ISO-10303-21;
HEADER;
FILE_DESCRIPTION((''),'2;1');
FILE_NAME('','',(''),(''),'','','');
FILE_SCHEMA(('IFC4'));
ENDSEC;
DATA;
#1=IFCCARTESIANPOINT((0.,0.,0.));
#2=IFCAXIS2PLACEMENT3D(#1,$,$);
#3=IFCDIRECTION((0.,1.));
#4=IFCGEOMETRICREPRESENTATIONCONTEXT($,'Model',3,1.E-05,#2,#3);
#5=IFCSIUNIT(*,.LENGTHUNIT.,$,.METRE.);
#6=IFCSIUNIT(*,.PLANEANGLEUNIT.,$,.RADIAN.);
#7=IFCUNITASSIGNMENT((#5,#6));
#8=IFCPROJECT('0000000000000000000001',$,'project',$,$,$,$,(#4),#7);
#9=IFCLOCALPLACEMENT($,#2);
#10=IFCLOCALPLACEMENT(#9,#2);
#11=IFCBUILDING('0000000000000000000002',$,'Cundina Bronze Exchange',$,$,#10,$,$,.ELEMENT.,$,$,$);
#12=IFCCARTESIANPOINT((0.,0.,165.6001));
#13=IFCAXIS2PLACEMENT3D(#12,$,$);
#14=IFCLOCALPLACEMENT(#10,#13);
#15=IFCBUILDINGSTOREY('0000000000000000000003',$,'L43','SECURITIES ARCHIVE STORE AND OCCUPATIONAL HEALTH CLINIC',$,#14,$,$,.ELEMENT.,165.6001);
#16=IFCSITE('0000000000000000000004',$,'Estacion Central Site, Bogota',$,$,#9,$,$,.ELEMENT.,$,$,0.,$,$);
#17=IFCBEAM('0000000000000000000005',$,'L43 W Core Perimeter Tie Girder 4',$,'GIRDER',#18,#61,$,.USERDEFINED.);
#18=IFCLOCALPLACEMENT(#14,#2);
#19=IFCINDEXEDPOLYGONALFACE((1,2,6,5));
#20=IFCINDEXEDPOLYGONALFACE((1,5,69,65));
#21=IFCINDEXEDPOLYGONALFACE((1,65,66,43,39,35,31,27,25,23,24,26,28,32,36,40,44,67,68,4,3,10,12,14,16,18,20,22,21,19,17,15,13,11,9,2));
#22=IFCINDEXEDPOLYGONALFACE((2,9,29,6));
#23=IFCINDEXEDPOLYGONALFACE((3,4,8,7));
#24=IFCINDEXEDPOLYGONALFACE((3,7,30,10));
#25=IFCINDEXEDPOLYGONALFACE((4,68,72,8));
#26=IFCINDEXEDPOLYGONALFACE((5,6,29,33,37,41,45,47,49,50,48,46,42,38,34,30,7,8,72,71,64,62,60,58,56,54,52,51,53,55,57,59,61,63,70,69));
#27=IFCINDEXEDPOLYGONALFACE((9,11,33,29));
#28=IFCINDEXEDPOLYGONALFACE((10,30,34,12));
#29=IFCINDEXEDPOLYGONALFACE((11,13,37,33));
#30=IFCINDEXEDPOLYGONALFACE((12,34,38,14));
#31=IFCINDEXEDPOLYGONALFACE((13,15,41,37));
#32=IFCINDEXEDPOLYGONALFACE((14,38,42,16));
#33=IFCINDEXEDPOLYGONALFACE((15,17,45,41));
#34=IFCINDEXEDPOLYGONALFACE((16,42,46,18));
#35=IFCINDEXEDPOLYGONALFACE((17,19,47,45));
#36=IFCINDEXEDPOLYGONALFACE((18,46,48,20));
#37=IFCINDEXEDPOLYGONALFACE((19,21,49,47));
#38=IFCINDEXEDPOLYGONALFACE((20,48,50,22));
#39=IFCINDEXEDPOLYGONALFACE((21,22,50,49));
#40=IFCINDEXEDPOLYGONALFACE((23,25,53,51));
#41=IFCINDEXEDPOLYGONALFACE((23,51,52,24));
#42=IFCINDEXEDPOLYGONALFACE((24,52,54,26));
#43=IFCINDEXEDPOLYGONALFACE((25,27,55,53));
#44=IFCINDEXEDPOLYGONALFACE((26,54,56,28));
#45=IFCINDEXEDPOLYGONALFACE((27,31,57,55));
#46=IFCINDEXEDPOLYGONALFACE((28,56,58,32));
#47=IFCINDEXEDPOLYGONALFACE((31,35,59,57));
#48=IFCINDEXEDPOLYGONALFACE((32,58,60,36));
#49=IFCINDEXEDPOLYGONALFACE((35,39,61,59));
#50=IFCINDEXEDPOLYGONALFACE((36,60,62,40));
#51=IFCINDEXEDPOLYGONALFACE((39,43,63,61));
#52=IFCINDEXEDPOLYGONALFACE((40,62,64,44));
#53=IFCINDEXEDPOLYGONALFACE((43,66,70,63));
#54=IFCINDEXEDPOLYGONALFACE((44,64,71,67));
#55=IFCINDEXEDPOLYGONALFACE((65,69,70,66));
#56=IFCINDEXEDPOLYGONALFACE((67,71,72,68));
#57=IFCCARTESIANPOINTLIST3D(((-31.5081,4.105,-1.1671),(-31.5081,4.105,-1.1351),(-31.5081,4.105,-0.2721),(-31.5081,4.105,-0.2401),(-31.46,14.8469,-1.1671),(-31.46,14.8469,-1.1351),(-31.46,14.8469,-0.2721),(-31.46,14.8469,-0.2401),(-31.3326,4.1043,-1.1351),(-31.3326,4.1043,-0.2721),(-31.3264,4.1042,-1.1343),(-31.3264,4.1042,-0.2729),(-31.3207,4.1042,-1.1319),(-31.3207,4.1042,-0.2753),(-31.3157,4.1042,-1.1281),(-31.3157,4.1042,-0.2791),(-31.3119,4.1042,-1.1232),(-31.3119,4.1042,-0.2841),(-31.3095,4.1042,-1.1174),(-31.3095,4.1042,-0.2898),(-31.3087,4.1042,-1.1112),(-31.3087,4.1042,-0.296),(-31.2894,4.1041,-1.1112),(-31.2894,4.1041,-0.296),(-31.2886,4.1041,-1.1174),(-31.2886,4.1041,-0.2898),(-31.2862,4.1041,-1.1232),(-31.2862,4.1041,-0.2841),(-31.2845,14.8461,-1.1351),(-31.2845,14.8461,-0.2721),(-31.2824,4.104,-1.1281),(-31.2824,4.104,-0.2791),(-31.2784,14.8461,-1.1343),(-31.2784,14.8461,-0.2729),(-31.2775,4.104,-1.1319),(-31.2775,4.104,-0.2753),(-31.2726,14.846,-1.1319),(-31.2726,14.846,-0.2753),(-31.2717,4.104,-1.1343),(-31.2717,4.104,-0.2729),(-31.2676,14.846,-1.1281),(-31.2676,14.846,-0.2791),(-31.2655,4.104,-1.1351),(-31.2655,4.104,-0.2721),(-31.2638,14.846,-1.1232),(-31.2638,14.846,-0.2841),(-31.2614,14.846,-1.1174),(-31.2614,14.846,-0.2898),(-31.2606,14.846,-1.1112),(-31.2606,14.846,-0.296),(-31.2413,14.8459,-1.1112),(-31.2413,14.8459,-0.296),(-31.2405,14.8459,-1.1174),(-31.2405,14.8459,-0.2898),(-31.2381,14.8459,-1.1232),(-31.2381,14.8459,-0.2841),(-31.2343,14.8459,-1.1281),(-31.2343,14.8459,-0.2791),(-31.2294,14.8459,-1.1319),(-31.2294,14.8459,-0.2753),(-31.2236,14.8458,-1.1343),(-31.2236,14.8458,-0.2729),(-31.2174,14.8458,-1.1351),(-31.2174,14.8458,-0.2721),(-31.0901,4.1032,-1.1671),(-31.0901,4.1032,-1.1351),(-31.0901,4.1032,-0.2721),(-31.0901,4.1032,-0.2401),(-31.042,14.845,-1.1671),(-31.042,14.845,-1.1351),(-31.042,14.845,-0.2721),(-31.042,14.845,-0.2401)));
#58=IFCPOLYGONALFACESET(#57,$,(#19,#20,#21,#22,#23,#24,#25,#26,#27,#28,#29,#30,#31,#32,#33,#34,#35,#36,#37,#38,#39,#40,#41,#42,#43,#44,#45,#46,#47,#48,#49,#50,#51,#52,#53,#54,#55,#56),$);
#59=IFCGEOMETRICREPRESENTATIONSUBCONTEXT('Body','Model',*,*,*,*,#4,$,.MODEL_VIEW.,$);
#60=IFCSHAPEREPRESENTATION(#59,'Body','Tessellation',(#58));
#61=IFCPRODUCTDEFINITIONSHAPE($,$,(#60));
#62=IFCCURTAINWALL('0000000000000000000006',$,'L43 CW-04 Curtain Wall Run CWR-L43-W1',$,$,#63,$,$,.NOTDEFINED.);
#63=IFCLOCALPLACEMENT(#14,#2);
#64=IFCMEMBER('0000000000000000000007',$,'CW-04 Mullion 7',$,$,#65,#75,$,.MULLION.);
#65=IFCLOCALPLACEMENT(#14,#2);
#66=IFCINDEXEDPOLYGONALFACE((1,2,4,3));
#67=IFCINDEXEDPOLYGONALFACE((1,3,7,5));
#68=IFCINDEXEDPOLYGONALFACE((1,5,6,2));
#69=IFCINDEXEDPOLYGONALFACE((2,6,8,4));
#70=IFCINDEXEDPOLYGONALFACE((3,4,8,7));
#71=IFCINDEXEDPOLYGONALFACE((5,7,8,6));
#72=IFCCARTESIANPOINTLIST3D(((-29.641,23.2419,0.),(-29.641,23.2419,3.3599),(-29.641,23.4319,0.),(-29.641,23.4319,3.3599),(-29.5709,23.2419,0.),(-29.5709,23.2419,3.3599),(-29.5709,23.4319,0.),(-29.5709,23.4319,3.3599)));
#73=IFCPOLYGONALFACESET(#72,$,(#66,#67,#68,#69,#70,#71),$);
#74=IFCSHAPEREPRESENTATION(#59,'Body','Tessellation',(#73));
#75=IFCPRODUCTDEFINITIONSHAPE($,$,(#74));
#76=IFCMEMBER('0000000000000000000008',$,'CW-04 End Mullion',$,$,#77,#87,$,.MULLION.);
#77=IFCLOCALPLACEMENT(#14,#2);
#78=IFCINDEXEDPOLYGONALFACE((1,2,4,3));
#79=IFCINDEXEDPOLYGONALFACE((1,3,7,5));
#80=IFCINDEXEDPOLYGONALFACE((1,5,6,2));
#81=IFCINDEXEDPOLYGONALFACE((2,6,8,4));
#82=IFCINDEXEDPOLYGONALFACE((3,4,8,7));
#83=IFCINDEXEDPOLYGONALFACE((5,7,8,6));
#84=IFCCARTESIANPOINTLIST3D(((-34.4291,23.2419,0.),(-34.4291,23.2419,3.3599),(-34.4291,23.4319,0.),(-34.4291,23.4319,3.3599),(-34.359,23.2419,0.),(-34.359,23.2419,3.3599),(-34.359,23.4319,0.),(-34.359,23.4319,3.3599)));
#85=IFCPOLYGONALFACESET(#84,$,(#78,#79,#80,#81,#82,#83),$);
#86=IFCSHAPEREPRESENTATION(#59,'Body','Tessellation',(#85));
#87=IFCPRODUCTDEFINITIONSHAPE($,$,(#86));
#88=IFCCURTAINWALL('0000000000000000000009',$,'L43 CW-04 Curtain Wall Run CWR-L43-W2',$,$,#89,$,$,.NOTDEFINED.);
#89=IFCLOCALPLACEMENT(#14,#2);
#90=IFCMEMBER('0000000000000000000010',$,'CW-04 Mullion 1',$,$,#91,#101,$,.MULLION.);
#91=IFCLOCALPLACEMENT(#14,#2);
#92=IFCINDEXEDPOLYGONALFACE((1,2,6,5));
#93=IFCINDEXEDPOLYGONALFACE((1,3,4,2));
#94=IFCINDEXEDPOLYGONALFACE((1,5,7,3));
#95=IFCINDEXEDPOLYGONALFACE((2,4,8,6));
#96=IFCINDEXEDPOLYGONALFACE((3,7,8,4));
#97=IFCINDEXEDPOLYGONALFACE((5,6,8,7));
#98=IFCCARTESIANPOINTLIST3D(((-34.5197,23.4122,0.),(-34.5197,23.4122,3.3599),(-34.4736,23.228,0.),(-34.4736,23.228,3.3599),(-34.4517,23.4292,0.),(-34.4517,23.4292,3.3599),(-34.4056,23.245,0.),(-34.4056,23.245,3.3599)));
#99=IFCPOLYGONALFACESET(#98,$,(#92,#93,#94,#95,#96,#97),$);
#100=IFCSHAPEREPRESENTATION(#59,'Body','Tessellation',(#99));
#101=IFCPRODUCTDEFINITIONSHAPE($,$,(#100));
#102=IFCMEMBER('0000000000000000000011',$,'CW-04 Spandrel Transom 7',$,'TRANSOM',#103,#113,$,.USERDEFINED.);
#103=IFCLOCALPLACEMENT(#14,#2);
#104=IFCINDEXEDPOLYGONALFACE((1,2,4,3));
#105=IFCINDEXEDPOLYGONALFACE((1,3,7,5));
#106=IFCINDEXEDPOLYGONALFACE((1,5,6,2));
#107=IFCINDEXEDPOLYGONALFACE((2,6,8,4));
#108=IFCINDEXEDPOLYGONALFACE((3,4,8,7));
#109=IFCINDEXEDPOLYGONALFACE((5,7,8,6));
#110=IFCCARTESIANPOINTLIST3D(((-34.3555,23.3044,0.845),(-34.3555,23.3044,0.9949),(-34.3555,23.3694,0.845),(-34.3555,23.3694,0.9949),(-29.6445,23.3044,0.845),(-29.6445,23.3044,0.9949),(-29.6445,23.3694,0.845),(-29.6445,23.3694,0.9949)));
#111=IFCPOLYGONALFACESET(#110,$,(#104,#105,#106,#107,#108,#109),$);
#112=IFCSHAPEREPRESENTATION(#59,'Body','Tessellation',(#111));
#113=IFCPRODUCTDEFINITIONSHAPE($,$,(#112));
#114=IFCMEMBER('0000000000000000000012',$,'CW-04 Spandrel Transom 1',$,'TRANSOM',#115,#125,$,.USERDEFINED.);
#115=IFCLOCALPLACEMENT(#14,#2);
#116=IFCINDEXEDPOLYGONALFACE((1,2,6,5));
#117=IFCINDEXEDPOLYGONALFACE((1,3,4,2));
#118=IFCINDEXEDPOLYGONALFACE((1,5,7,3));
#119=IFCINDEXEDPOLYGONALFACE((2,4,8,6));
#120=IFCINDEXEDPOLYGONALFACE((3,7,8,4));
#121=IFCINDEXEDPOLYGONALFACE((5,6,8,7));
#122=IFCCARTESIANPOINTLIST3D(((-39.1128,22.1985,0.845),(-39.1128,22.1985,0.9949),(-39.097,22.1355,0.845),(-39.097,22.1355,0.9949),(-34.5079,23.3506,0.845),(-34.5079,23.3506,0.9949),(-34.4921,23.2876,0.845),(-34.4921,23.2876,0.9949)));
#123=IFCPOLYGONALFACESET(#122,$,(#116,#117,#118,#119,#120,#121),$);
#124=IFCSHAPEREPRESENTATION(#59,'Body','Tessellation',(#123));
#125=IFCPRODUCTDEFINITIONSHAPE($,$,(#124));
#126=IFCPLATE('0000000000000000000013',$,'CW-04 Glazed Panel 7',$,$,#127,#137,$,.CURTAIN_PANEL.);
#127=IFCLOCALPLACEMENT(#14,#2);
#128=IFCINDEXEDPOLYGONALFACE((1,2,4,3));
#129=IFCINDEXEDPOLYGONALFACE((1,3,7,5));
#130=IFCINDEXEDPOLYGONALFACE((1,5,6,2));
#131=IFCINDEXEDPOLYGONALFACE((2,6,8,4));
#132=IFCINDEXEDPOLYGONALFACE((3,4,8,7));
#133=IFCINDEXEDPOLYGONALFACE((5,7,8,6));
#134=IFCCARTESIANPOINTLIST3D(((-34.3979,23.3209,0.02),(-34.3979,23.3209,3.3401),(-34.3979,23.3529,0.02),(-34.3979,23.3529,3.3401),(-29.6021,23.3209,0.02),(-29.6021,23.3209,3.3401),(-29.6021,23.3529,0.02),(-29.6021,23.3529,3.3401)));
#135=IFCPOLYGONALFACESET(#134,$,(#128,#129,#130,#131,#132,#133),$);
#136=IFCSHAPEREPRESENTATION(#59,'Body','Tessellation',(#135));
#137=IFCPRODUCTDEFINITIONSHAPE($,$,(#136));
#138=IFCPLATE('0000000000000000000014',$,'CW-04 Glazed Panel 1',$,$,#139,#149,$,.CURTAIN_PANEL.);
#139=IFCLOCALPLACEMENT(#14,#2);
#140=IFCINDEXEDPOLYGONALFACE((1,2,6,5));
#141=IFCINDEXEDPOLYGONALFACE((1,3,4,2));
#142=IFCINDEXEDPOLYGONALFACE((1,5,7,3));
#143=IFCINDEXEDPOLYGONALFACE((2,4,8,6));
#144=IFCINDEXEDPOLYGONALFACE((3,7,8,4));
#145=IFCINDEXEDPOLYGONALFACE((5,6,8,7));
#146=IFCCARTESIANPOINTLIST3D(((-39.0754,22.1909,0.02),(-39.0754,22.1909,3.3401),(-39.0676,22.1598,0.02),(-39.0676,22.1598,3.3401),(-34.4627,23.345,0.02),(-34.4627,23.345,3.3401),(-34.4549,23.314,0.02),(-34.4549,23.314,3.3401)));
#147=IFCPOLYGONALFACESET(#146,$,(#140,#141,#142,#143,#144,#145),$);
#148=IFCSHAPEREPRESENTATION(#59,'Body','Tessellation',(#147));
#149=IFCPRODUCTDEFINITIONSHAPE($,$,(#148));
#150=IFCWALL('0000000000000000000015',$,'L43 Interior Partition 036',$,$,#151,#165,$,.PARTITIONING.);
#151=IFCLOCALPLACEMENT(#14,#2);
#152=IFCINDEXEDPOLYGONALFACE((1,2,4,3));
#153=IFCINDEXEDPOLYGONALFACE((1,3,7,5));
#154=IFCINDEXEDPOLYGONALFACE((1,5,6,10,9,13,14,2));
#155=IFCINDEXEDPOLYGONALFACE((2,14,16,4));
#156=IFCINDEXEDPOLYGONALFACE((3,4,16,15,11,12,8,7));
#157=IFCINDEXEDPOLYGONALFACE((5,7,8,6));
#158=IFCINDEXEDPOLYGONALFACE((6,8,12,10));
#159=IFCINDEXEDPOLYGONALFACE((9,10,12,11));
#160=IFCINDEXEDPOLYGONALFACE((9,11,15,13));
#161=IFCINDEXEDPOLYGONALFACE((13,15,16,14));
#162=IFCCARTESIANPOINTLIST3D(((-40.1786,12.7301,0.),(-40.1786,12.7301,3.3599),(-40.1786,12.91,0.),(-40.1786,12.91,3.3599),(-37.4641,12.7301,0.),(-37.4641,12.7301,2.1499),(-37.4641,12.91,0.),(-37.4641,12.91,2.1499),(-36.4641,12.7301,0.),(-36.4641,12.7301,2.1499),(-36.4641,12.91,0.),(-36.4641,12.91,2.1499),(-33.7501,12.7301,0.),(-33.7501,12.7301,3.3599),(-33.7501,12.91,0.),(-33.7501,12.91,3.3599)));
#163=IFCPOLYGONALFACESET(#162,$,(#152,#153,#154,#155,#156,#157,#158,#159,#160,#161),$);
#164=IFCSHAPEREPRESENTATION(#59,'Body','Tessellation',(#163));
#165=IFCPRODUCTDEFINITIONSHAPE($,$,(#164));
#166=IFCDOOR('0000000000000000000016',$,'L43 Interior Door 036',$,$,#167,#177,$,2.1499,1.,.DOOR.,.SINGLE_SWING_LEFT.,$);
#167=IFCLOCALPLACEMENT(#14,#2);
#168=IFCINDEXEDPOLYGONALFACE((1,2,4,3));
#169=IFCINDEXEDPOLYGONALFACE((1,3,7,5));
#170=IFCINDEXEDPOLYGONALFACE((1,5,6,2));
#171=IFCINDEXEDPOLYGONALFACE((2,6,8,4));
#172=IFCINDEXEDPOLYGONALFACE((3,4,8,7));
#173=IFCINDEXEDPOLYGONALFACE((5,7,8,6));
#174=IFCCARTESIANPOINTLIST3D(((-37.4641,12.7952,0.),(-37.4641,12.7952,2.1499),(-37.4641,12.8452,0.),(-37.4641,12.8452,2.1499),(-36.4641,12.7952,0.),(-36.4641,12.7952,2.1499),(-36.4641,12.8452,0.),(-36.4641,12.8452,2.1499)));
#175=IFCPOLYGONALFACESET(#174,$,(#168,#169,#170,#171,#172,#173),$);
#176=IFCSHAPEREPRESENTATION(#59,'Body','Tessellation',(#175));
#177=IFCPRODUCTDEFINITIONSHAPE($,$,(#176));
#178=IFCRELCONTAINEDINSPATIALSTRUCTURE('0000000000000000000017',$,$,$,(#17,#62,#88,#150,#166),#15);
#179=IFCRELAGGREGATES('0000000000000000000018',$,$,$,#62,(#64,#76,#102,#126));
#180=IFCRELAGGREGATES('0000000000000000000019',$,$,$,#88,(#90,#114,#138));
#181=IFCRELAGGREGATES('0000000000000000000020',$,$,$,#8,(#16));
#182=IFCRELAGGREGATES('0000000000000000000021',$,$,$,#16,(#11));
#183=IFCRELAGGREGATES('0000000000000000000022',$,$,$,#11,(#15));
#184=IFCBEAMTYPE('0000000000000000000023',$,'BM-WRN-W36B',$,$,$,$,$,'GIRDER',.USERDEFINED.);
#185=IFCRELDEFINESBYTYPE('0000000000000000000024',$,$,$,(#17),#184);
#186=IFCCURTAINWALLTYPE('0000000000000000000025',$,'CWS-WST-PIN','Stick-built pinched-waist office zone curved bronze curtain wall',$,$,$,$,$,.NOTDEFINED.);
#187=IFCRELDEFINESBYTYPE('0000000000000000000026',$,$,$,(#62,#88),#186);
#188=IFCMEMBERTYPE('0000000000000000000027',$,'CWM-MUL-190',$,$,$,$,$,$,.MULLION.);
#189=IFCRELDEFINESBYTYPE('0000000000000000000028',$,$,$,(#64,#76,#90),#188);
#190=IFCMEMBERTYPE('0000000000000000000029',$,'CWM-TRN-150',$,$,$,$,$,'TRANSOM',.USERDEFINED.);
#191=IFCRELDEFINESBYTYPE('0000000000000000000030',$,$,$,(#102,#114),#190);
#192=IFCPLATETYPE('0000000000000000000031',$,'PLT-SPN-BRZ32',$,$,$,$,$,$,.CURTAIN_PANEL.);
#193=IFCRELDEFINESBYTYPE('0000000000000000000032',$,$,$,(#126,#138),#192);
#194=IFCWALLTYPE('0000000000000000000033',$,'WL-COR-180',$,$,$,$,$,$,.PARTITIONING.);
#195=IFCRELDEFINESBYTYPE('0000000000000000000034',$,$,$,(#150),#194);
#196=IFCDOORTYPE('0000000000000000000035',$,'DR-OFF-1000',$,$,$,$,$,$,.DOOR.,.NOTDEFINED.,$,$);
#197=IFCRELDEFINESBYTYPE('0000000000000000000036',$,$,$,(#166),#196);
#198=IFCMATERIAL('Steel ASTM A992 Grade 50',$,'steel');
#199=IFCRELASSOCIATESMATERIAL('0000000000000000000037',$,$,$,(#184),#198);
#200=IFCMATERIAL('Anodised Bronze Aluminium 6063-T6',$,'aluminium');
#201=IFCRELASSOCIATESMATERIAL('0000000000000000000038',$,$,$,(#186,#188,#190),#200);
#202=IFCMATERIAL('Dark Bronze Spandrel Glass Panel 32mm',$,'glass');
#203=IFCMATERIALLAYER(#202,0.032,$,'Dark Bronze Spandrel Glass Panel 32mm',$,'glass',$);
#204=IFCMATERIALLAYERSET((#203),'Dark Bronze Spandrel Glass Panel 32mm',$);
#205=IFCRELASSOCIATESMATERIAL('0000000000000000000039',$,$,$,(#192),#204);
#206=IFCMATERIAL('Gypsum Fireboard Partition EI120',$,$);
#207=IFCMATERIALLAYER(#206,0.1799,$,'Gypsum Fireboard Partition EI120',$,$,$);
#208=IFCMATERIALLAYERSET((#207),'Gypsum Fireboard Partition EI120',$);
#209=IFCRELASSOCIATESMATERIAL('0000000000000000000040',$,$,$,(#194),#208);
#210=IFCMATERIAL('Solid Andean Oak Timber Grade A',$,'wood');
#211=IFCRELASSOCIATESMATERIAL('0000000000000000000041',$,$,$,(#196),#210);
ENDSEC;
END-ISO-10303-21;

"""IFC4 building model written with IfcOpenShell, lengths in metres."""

from ifc_helpers import new_model, si_unit, direction, frame, frame_2d, origin, origin_2d, place, context, subcontext, project, spatial, rectangle, i_section, extrude, material, layer, layer_set, material_profile, profile_set, type_object, element, fill, aggregate, save


model = new_model("IFC4")

# Units and contexts
model_context = context("Model", 3, precision=1e-05, world=origin(), true_north=direction((0.0, 1.0)))
body_context = subcontext(model_context, "Body", "Model", "MODEL_VIEW")
ifc_project = project(units=[si_unit("LENGTHUNIT", "METRE"), si_unit("PLANEANGLEUNIT", "RADIAN")], contexts=[model_context])

# Site, building, storey
site_placement = place(None, origin())
site = spatial("IfcSite", under=ifc_project, at=site_placement, Name="Estacion Central Site, Bogota", CompositionType="ELEMENT", RefElevation=0.0)
building_placement = place(site_placement, origin())
building = spatial("IfcBuilding", under=site, at=building_placement, Name="Cundina Bronze Exchange", CompositionType="ELEMENT")
storey_placement = place(building_placement, frame((0.0, 0.0, 165.6001)))
storey = spatial("IfcBuildingStorey", under=building, at=storey_placement, Name="L43", Description="SECURITIES ARCHIVE STORE AND OCCUPATIONAL HEALTH CLINIC", CompositionType="ELEMENT", Elevation=165.6001)

# Shared definitions
ifc_material_1 = material(Name="Steel ASTM A992 Grade 50", Category="steel")

# Beam
ifc_material_profile_1 = material_profile(ifc_material_1, i_section(OverallWidth=0.418, OverallDepth=0.927, WebThickness=0.0193, FlangeThickness=0.032, FilletRadius=0.0239, at=origin_2d()), Name="W36X231", Category="steel")
ifc_profile_set_1 = profile_set([ifc_material_profile_1], Name="Steel ASTM A992 Grade 50")
beam_type_1 = type_object("IfcBeamType", Name="BM-WRN-W36B", ElementType="GIRDER", PredefinedType="USERDEFINED", material=ifc_profile_set_1)
beam_1_placement = place(storey_placement, frame((-31.251, 14.8459, -0.7036), z_axis=(-0.004477, -0.99999, 0.0), x_axis=(0.99999, -0.004477, 0.0)))
element("IfcBeam", 1, at=beam_1_placement, inside=storey, type_object=beam_type_1, Name="L43 W Core Perimeter Tie Girder 4", ObjectType="GIRDER", PredefinedType="USERDEFINED", context=body_context, shape_type="SweptSolid", body=[
    extrude(i_section(OverallWidth=0.418, OverallDepth=0.927, WebThickness=0.0193, FlangeThickness=0.032, FilletRadius=0.0239, at=origin_2d()), origin(), (0.0, 0.0, 1.0), 10.7419),
])

# Curtain wall, members
ifc_material_2 = material(Name="Anodised Bronze Aluminium 6063-T6", Category="aluminium")
curtain_wall_type = type_object("IfcCurtainWallType", Name="CWS-WST-PIN", Description="Stick-built pinched-waist office zone curved bronze curtain wall", PredefinedType="NOTDEFINED", material=ifc_material_2)
curtain_wall_1_placement = place(storey_placement, origin())
curtain_wall_1 = element("IfcCurtainWall", 2, at=curtain_wall_1_placement, inside=storey, type_object=curtain_wall_type, Name="L43 CW-04 Curtain Wall Run CWR-L43-W1", PredefinedType="NOTDEFINED")
ifc_material_profile_2 = material_profile(ifc_material_2, rectangle(XDim=0.0701, YDim=0.1899, at=origin_2d()), Name="AL70X190", Category="aluminium")
ifc_profile_set_2 = profile_set([ifc_material_profile_2], Name="Anodised Bronze Aluminium 6063-T6")
member_type_1 = type_object("IfcMemberType", Name="CWM-MUL-190", PredefinedType="MULLION", material=ifc_profile_set_2)
member_1_placement = place(storey_placement, frame((-29.606, 23.3369, 0.0), z_axis=(0.0, 0.0, 1.0), x_axis=(-1.0, 0.0, 0.0)))
member_1 = element("IfcMember", 3, at=member_1_placement, type_object=member_type_1, Name="CW-04 Mullion 7", PredefinedType="MULLION", context=body_context, shape_type="SweptSolid", body=[
    extrude(rectangle(XDim=0.0701, YDim=0.1899, at=origin_2d()), origin(), (0.0, 0.0, 1.0), 3.3599),
])
member_2_placement = place(storey_placement, frame((-34.394, 23.3369, 0.0), z_axis=(0.0, 0.0, 1.0), x_axis=(-1.0, 0.0, 0.0)))
member_2 = element("IfcMember", 4, at=member_2_placement, type_object=member_type_1, Name="CW-04 End Mullion", PredefinedType="MULLION", context=body_context, shape_type="SweptSolid", body=[
    extrude(rectangle(XDim=0.0701, YDim=0.1899, at=origin_2d()), origin(), (0.0, 0.0, 1.0), 3.3599),
])

# Curtain wall, member
curtain_wall_2_placement = place(storey_placement, origin())
curtain_wall_2 = element("IfcCurtainWall", 5, at=curtain_wall_2_placement, inside=storey, type_object=curtain_wall_type, Name="L43 CW-04 Curtain Wall Run CWR-L43-W2", PredefinedType="NOTDEFINED")
member_3_placement = place(storey_placement, frame((-34.4626, 23.3286, 0.0), z_axis=(0.0, 0.0, 1.0), x_axis=(-0.970084, -0.242769, 0.0)))
member_3 = element("IfcMember", 6, at=member_3_placement, type_object=member_type_1, Name="CW-04 Mullion 1", PredefinedType="MULLION", context=body_context, shape_type="SweptSolid", body=[
    extrude(rectangle(XDim=0.0701, YDim=0.1899, at=origin_2d()), origin(), (0.0, 0.0, 1.0), 3.3599),
])

# Members
ifc_material_profile_3 = material_profile(ifc_material_2, rectangle(XDim=0.0649, YDim=0.1499, at=origin_2d()), Name="AL65X150", Category="aluminium")
ifc_profile_set_3 = profile_set([ifc_material_profile_3], Name="Anodised Bronze Aluminium 6063-T6")
member_type_2 = type_object("IfcMemberType", Name="CWM-TRN-150", ElementType="TRANSOM", PredefinedType="USERDEFINED", material=ifc_profile_set_3)
member_4_placement = place(storey_placement, frame((-29.6445, 23.3369, 0.9199), z_axis=(-1.0, 0.0, 0.0), x_axis=(0.0, -1.0, 0.0)))
member_4 = element("IfcMember", 7, at=member_4_placement, type_object=member_type_2, Name="CW-04 Spandrel Transom 7", ObjectType="TRANSOM", PredefinedType="USERDEFINED", context=body_context, shape_type="SweptSolid", body=[
    extrude(rectangle(XDim=0.0649, YDim=0.1499, at=origin_2d()), origin(), (0.0, 0.0, 1.0), 4.7109),
])
member_5_placement = place(storey_placement, frame((-34.5, 23.3191, 0.9199), z_axis=(-0.9701, -0.242705, 0.0), x_axis=(0.242705, -0.9701, 0.0)))
member_5 = element("IfcMember", 8, at=member_5_placement, type_object=member_type_2, Name="CW-04 Spandrel Transom 1", ObjectType="TRANSOM", PredefinedType="USERDEFINED", context=body_context, shape_type="SweptSolid", body=[
    extrude(rectangle(XDim=0.0649, YDim=0.1499, at=origin_2d()), origin(), (0.0, 0.0, 1.0), 4.7468),
])

# Plates
ifc_material_3 = material(Name="Dark Bronze Spandrel Glass Panel 32mm", Category="glass")
ifc_layer_1 = layer(ifc_material_3, 0.032, Name="Dark Bronze Spandrel Glass Panel 32mm", Category="glass")
ifc_layer_set_1 = layer_set([ifc_layer_1], Name="Dark Bronze Spandrel Glass Panel 32mm")
plate_type = type_object("IfcPlateType", Name="PLT-SPN-BRZ32", PredefinedType="CURTAIN_PANEL", material=ifc_layer_set_1)
plate_1_placement = place(storey_placement, frame((-32.0, 23.3369, 0.02), z_axis=(0.0, 0.0, 1.0), x_axis=(-1.0, 0.0, 0.0)))
plate_1 = element("IfcPlate", 9, at=plate_1_placement, type_object=plate_type, Name="CW-04 Glazed Panel 7", PredefinedType="CURTAIN_PANEL", context=body_context, shape_type="SweptSolid", body=[
    extrude(rectangle(XDim=4.7959, YDim=0.032, at=origin_2d()), origin(), (0.0, 0.0, 1.0), 3.3201),
])
aggregate(curtain_wall_1, [member_1, member_2, member_4, plate_1])
plate_2_placement = place(storey_placement, frame((-36.7651, 22.7524, 0.02), z_axis=(0.0, 0.0, 1.0), x_axis=(-0.970093, -0.242735, 0.0)))
plate_2 = element("IfcPlate", 10, at=plate_2_placement, type_object=plate_type, Name="CW-04 Glazed Panel 1", PredefinedType="CURTAIN_PANEL", context=body_context, shape_type="SweptSolid", body=[
    extrude(rectangle(XDim=4.7549, YDim=0.032, at=origin_2d()), origin(), (0.0, 0.0, 1.0), 3.3201),
])
aggregate(curtain_wall_2, [member_3, member_5, plate_2])

# Wall, opening, door
ifc_material_4 = material(Name="Gypsum Fireboard Partition EI120")
ifc_layer_2 = layer(ifc_material_4, 0.1799, Name="Gypsum Fireboard Partition EI120")
ifc_layer_set_2 = layer_set([ifc_layer_2], Name="Gypsum Fireboard Partition EI120")
wall_type_1 = type_object("IfcWallType", Name="WL-COR-180", PredefinedType="PARTITIONING", material=ifc_layer_set_2)
ifc_material_5 = material(Name="Solid Andean Oak Timber Grade A", Category="wood")
door_type_1 = type_object("IfcDoorType", Name="DR-OFF-1000", OperationType="NOTDEFINED", PredefinedType="DOOR", material=ifc_material_5)
wall_1_placement = place(storey_placement, frame((-33.75, 12.8201, 0.0), z_axis=(0.0, 0.0, 1.0), x_axis=(-1.0, 0.0, 0.0)))
wall_1 = element("IfcWall", 11, at=wall_1_placement, inside=storey, type_object=wall_type_1, Name="L43 Interior Partition 036", PredefinedType="PARTITIONING", context=body_context, shape_type="SweptSolid", body=[
    extrude(rectangle(XDim=6.4285, YDim=0.1799, at=frame_2d((3.2144, 0.0))), origin(), (0.0, 0.0, 1.0), 3.3599),
])
opening_1_placement = place(wall_1_placement, frame((2.7141, 0.0, 0.0)))
opening_1 = element("IfcOpeningElement", 12, at=opening_1_placement, cuts=wall_1, PredefinedType="OPENING", context=body_context, shape_type="SweptSolid", body=[
    extrude(rectangle(XDim=1.0, YDim=2.1499, at=frame_2d((0.5, 1.075))), frame((0.0, 0.0999, 0.0), z_axis=(0.0, -1.0, 0.0), x_axis=(1.0, 0.0, 0.0)), (0.0, 0.0, 1.0), 0.2),
])
door_1_placement = place(opening_1_placement, origin())
door_1 = element("IfcDoor", 13, at=door_1_placement, inside=storey, type_object=door_type_1, Name="L43 Interior Door 036", OperationType="SINGLE_SWING_LEFT", OverallHeight=2.1499, OverallWidth=1.0, PredefinedType="DOOR", context=body_context, shape_type="SweptSolid", body=[
    extrude(rectangle(XDim=1.0, YDim=2.1499, at=frame_2d((0.5, 1.075))), frame((0.0, 0.0249, 0.0), z_axis=(0.0, -1.0, 0.0), x_axis=(1.0, 0.0, 0.0)), (0.0, 0.0, 1.0), 0.05),
])
fill(opening_1, door_1)

save(model, "model.ifc")
